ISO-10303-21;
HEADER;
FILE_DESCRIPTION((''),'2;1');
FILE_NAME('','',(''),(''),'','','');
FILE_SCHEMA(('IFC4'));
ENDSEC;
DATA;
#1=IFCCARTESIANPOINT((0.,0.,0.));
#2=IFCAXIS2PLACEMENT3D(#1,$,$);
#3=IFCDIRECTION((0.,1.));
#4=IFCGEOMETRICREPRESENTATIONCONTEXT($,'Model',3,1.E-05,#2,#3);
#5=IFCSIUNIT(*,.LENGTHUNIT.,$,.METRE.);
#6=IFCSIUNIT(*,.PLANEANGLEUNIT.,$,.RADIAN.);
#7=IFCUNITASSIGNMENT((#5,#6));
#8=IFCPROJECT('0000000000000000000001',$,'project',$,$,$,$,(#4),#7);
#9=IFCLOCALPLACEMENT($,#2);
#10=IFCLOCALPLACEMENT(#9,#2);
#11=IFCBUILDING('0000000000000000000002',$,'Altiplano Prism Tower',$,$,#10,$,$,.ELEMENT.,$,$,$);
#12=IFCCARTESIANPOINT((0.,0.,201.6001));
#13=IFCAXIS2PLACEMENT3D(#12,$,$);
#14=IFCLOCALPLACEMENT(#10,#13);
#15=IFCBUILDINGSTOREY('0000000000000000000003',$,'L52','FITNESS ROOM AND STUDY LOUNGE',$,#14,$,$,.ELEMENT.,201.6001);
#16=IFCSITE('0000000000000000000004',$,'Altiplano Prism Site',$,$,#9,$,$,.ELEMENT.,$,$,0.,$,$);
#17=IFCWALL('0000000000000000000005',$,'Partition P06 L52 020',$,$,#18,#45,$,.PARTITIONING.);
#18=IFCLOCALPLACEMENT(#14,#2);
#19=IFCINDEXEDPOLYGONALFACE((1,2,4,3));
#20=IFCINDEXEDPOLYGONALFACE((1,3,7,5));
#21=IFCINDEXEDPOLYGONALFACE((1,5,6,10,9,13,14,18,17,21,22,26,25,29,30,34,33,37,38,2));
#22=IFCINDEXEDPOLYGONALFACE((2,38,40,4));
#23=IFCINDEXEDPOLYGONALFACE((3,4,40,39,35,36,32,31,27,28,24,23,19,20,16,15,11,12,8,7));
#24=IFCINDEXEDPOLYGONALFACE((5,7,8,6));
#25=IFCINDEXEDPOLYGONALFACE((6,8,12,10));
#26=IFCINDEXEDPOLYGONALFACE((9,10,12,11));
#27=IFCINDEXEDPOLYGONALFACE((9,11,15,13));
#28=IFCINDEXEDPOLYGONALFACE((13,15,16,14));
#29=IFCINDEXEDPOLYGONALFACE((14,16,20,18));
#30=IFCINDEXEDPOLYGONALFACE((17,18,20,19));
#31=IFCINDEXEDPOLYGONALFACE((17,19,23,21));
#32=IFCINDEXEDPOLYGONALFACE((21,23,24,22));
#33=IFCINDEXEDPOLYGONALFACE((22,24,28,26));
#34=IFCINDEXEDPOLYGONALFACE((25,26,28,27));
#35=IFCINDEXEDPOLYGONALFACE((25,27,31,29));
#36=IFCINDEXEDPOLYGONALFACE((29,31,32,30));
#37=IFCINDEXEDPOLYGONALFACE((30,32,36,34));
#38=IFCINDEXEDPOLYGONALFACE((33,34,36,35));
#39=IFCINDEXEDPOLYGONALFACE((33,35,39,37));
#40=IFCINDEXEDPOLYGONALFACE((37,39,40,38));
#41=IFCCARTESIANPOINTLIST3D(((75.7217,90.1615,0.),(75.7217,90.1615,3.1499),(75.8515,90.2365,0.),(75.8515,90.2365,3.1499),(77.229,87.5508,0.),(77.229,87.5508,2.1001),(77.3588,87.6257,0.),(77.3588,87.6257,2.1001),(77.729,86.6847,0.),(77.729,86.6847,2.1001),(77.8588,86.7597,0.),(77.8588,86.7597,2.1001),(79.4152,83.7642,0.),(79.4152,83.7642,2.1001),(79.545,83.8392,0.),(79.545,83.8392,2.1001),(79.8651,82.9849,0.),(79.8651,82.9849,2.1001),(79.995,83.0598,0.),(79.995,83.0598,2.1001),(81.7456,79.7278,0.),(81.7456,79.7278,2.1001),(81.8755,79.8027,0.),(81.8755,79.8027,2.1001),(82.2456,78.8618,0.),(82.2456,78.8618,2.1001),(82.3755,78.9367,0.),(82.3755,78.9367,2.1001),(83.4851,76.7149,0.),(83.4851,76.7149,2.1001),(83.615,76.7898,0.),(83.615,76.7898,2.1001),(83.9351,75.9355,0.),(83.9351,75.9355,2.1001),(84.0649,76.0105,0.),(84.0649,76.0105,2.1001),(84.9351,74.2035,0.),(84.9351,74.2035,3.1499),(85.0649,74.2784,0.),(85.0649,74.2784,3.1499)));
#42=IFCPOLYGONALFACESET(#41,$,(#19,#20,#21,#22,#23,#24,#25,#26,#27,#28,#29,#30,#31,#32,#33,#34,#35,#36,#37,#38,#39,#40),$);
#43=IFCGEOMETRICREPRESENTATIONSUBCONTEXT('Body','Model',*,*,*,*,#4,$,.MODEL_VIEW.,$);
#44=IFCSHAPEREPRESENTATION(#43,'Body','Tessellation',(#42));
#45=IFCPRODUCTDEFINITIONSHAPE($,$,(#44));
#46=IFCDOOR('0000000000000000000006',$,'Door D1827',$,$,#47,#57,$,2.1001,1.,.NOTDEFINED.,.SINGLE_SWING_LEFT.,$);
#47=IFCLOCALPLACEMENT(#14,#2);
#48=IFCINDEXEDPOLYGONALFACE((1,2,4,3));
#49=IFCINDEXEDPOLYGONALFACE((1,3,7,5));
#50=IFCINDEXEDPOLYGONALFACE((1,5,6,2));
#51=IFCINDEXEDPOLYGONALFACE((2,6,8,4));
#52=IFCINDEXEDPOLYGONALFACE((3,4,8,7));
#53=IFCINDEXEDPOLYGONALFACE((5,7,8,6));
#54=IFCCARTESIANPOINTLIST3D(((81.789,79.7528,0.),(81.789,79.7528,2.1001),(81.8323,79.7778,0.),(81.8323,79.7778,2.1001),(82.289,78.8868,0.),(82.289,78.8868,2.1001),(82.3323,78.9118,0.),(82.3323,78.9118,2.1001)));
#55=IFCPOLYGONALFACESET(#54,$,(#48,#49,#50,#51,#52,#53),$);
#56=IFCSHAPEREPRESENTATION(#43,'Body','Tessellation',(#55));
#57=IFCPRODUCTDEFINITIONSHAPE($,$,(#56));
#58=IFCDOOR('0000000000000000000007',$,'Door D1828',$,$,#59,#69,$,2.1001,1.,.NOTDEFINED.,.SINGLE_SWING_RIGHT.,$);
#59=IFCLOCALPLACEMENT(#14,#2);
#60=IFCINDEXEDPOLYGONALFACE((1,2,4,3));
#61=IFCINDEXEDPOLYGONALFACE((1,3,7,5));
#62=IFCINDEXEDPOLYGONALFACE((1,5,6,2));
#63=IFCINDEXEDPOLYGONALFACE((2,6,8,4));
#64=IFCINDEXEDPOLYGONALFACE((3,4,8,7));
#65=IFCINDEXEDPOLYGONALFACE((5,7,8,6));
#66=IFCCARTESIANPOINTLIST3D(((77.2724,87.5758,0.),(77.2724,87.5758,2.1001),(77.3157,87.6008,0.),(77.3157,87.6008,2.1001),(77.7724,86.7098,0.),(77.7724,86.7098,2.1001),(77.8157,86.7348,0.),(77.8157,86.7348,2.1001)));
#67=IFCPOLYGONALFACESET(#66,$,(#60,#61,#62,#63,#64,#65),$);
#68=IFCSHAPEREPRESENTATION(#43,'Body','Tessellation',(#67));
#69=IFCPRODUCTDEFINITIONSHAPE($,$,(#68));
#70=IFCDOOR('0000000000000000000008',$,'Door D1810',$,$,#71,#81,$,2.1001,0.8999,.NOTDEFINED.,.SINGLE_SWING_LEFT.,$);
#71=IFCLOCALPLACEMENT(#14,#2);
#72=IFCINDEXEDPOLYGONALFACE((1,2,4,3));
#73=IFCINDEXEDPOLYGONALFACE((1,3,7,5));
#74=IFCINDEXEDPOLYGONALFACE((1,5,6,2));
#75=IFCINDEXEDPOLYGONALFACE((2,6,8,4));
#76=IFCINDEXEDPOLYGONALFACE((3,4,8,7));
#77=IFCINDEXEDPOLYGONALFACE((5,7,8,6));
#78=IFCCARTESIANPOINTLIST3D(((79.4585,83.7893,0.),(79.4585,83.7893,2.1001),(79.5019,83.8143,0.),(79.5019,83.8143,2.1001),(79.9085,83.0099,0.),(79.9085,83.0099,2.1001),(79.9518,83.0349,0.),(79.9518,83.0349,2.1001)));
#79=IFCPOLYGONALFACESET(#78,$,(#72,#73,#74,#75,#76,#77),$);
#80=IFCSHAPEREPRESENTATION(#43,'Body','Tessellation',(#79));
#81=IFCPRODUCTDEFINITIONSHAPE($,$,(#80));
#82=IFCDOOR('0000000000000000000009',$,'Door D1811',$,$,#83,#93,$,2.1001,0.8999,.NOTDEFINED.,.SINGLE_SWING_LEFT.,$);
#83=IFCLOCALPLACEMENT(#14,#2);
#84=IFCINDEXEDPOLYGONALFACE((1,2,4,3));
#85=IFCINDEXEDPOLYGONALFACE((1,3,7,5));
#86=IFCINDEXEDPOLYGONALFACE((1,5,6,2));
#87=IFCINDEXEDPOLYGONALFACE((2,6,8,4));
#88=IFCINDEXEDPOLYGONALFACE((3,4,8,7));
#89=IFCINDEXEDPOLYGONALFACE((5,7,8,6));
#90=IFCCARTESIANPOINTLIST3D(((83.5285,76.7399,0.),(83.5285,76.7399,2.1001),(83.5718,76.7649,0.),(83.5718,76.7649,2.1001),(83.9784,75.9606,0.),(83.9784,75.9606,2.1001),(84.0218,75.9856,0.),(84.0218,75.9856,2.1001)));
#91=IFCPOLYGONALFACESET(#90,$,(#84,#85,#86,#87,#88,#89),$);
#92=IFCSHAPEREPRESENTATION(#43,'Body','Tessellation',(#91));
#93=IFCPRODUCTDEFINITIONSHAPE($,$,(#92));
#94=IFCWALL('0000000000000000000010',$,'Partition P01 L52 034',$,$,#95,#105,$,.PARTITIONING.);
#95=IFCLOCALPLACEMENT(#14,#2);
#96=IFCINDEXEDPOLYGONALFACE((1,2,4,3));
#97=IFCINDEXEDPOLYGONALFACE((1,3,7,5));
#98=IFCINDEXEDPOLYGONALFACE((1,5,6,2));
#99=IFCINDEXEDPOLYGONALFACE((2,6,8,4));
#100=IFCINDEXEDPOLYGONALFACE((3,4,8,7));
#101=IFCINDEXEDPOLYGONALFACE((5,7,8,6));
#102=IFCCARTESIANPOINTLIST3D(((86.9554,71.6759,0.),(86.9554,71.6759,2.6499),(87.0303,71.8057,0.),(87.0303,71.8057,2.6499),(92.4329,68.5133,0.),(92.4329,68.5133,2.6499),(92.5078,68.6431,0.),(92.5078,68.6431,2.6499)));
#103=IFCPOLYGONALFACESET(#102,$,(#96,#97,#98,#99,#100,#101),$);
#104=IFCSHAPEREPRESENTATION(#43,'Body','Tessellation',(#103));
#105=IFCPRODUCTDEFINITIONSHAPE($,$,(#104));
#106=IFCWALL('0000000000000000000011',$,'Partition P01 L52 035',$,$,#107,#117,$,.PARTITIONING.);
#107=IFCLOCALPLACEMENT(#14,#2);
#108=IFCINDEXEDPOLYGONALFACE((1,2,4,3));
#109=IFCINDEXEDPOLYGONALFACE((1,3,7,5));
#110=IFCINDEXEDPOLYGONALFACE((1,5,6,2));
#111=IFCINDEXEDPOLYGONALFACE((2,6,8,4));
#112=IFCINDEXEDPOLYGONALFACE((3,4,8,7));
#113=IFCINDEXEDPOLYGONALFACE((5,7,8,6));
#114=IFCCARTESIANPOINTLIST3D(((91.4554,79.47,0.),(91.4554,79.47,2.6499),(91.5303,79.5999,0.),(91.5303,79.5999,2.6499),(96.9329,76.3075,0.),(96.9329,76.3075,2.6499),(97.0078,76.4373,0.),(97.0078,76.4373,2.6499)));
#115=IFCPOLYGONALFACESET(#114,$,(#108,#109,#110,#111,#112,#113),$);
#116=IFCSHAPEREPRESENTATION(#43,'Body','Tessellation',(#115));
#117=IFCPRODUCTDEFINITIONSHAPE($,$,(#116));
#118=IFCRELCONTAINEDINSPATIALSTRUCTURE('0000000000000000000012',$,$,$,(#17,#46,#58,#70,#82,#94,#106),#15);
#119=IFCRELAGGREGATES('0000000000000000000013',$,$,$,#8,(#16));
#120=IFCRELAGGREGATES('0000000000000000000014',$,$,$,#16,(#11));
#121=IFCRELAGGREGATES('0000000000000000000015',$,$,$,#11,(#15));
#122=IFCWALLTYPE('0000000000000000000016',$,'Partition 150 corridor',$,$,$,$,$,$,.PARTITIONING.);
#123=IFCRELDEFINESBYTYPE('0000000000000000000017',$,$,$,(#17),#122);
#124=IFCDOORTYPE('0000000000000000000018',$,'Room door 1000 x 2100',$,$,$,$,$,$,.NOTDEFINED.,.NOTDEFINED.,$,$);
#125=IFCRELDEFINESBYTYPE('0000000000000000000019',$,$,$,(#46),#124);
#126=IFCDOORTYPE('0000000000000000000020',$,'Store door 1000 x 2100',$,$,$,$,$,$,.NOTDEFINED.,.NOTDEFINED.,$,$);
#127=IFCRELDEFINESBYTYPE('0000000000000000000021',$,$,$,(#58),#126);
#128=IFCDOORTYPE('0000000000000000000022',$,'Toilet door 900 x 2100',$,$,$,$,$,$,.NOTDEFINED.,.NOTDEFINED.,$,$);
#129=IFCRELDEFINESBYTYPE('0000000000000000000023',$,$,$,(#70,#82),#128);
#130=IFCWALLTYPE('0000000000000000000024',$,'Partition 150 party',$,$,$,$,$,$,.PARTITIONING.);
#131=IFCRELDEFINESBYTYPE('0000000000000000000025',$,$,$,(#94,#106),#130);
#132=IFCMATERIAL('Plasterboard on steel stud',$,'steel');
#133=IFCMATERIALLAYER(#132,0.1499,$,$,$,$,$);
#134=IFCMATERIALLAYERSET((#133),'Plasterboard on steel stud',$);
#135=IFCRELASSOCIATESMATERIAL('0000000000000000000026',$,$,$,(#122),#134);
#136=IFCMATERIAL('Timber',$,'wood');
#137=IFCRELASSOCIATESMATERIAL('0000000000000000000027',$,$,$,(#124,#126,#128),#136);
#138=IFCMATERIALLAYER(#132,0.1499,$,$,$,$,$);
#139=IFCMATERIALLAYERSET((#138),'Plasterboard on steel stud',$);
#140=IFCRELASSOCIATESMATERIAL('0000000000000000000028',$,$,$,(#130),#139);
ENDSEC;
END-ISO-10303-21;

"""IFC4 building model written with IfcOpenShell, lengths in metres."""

from ifc_helpers import new_model, si_unit, direction, frame, frame_2d, origin, place, context, subcontext, project, spatial, rectangle, extrude, material, layer, layer_set, type_object, element, fill, save


model = new_model("IFC4")

# Units and contexts
model_context = context("Model", 3, precision=1e-05, world=origin(), true_north=direction((0.0, 1.0)))
body_context = subcontext(model_context, "Body", "Model", "MODEL_VIEW")
ifc_project = project(units=[si_unit("LENGTHUNIT", "METRE"), si_unit("PLANEANGLEUNIT", "RADIAN")], contexts=[model_context])

# Site, building, storey
site_placement = place(None, origin())
site = spatial("IfcSite", under=ifc_project, at=site_placement, Name="Altiplano Prism Site", CompositionType="ELEMENT", RefElevation=0.0)
building_placement = place(site_placement, origin())
building = spatial("IfcBuilding", under=site, at=building_placement, Name="Altiplano Prism Tower", CompositionType="ELEMENT")
storey_placement = place(building_placement, frame((0.0, 0.0, 201.6001)))
storey = spatial("IfcBuildingStorey", under=building, at=storey_placement, Name="L52", Description="FITNESS ROOM AND STUDY LOUNGE", CompositionType="ELEMENT", Elevation=201.6001)

# Wall, openings, doors
ifc_material_1 = material(Name="Plasterboard on steel stud", Category="steel")
ifc_layer_1 = layer(ifc_material_1, 0.1499)
ifc_layer_set_1 = layer_set([ifc_layer_1], Name="Plasterboard on steel stud")
wall_type_1 = type_object("IfcWallType", Name="Partition 150 corridor", PredefinedType="PARTITIONING", material=ifc_layer_set_1)
wall_placement = place(storey_placement, frame((85.0, 74.241, 0.0), z_axis=(0.0, 0.0, 1.0), x_axis=(-0.500001, 0.866025, 0.0)))
wall = element("IfcWall", 1, at=wall_placement, inside=storey, type_object=wall_type_1, Name="Partition P06 L52 020", PredefinedType="PARTITIONING", context=body_context, shape_type="SweptSolid", body=[
    extrude(rectangle(XDim=18.4268, YDim=0.1499, at=frame_2d((9.2134, 0.0))), origin(), (0.0, 0.0, 1.0), 3.1499),
])
opening_1_placement = place(wall_placement, frame((10.1399, 0.0, 0.0)))
opening_1 = element("IfcOpeningElement", 2, at=opening_1_placement, cuts=wall, PredefinedType="OPENING", context=body_context, shape_type="SweptSolid", body=[
    extrude(rectangle(XDim=0.8999, YDim=2.1001, at=frame_2d((0.45, 1.05))), frame((0.0, 0.0854, 0.0), z_axis=(0.0, -1.0, 0.0), x_axis=(1.0, 0.0, 0.0)), (0.0, 0.0, 1.0), 0.1709),
])
opening_2_placement = place(wall_placement, frame((2.0, 0.0, 0.0)))
opening_2 = element("IfcOpeningElement", 3, at=opening_2_placement, cuts=wall, PredefinedType="OPENING", context=body_context, shape_type="SweptSolid", body=[
    extrude(rectangle(XDim=0.8999, YDim=2.1001, at=frame_2d((0.45, 1.05))), frame((0.0, 0.0854, 0.0), z_axis=(0.0, -1.0, 0.0), x_axis=(1.0, 0.0, 0.0)), (0.0, 0.0, 1.0), 0.1709),
])
opening_3_placement = place(wall_placement, frame((5.3789, 0.0, 0.0)))
opening_3 = element("IfcOpeningElement", 4, at=opening_3_placement, cuts=wall, PredefinedType="OPENING", context=body_context, shape_type="SweptSolid", body=[
    extrude(rectangle(XDim=1.0, YDim=2.1001, at=frame_2d((0.5, 1.05))), frame((0.0, 0.0854, 0.0), z_axis=(0.0, -1.0, 0.0), x_axis=(1.0, 0.0, 0.0)), (0.0, 0.0, 1.0), 0.1709),
])
opening_4_placement = place(wall_placement, frame((14.4121, 0.0, 0.0)))
opening_4 = element("IfcOpeningElement", 5, at=opening_4_placement, cuts=wall, PredefinedType="OPENING", context=body_context, shape_type="SweptSolid", body=[
    extrude(rectangle(XDim=1.0, YDim=2.1001, at=frame_2d((0.5, 1.05))), frame((0.0, 0.0854, 0.0), z_axis=(0.0, -1.0, 0.0), x_axis=(1.0, 0.0, 0.0)), (0.0, 0.0, 1.0), 0.1709),
])
ifc_material_2 = material(Name="Timber", Category="wood")
door_type_1 = type_object("IfcDoorType", Name="Room door 1000 x 2100", OperationType="NOTDEFINED", PredefinedType="NOTDEFINED", material=ifc_material_2)
door_1_placement = place(opening_3_placement, origin())
door_1 = element("IfcDoor", 6, at=door_1_placement, inside=storey, type_object=door_type_1, Name="Door D1827", OperationType="SINGLE_SWING_LEFT", OverallHeight=2.1001, OverallWidth=1.0, PredefinedType="NOTDEFINED", context=body_context, shape_type="SweptSolid", body=[
    extrude(rectangle(XDim=1.0, YDim=2.1001, at=frame_2d((0.5, 1.05))), frame((0.0, 0.0249, 0.0), z_axis=(0.0, -1.0, 0.0), x_axis=(1.0, 0.0, 0.0)), (0.0, 0.0, 1.0), 0.05),
])
fill(opening_3, door_1)
door_type_2 = type_object("IfcDoorType", Name="Store door 1000 x 2100", OperationType="NOTDEFINED", PredefinedType="NOTDEFINED", material=ifc_material_2)
door_2_placement = place(opening_4_placement, origin())
door_2 = element("IfcDoor", 7, at=door_2_placement, inside=storey, type_object=door_type_2, Name="Door D1828", OperationType="SINGLE_SWING_RIGHT", OverallHeight=2.1001, OverallWidth=1.0, PredefinedType="NOTDEFINED", context=body_context, shape_type="SweptSolid", body=[
    extrude(rectangle(XDim=1.0, YDim=2.1001, at=frame_2d((0.5, 1.05))), frame((0.0, 0.0249, 0.0), z_axis=(0.0, -1.0, 0.0), x_axis=(1.0, 0.0, 0.0)), (0.0, 0.0, 1.0), 0.05),
])
fill(opening_4, door_2)
door_type_3 = type_object("IfcDoorType", Name="Toilet door 900 x 2100", OperationType="NOTDEFINED", PredefinedType="NOTDEFINED", material=ifc_material_2)
door_3_placement = place(opening_1_placement, origin())
door_3 = element("IfcDoor", 8, at=door_3_placement, inside=storey, type_object=door_type_3, Name="Door D1810", OperationType="SINGLE_SWING_LEFT", OverallHeight=2.1001, OverallWidth=0.8999, PredefinedType="NOTDEFINED", context=body_context, shape_type="SweptSolid", body=[
    extrude(rectangle(XDim=0.8999, YDim=2.1001, at=frame_2d((0.45, 1.05))), frame((0.0, 0.0249, 0.0), z_axis=(0.0, -1.0, 0.0), x_axis=(1.0, 0.0, 0.0)), (0.0, 0.0, 1.0), 0.05),
])
fill(opening_1, door_3)
door_4_placement = place(opening_2_placement, origin())
door_4 = element("IfcDoor", 9, at=door_4_placement, inside=storey, type_object=door_type_3, Name="Door D1811", OperationType="SINGLE_SWING_LEFT", OverallHeight=2.1001, OverallWidth=0.8999, PredefinedType="NOTDEFINED", context=body_context, shape_type="SweptSolid", body=[
    extrude(rectangle(XDim=0.8999, YDim=2.1001, at=frame_2d((0.45, 1.05))), frame((0.0, 0.0249, 0.0), z_axis=(0.0, -1.0, 0.0), x_axis=(1.0, 0.0, 0.0)), (0.0, 0.0, 1.0), 0.05),
])
fill(opening_2, door_4)

# Walls
ifc_layer_2 = layer(ifc_material_1, 0.1499)
ifc_layer_set_2 = layer_set([ifc_layer_2], Name="Plasterboard on steel stud")
wall_type_2 = type_object("IfcWallType", Name="Partition 150 party", PredefinedType="PARTITIONING", material=ifc_layer_set_2)
for number, where, z_axis, x_axis, name in (
    (10, (92.4705, 68.5781, 0.0), (0.0, 0.0, 1.0), (-0.866016, 0.500016, 0.0), "Partition P01 L52 034"),
    (11, (96.9705, 76.3723, 0.0), (0.0, 0.0, 1.0), (-0.866016, 0.500016, 0.0), "Partition P01 L52 035"),
):
    element("IfcWall", number, at=place(storey_placement, frame(where, z_axis=z_axis, x_axis=x_axis)), inside=storey, type_object=wall_type_2, Name=name, PredefinedType="PARTITIONING", context=body_context, shape_type="SweptSolid", body=[
        extrude(rectangle(XDim=6.325, YDim=0.1499, at=frame_2d((3.1626, 0.0))), origin(), (0.0, 0.0, 1.0), 2.6499),
    ])

save(model, "model.ifc")
